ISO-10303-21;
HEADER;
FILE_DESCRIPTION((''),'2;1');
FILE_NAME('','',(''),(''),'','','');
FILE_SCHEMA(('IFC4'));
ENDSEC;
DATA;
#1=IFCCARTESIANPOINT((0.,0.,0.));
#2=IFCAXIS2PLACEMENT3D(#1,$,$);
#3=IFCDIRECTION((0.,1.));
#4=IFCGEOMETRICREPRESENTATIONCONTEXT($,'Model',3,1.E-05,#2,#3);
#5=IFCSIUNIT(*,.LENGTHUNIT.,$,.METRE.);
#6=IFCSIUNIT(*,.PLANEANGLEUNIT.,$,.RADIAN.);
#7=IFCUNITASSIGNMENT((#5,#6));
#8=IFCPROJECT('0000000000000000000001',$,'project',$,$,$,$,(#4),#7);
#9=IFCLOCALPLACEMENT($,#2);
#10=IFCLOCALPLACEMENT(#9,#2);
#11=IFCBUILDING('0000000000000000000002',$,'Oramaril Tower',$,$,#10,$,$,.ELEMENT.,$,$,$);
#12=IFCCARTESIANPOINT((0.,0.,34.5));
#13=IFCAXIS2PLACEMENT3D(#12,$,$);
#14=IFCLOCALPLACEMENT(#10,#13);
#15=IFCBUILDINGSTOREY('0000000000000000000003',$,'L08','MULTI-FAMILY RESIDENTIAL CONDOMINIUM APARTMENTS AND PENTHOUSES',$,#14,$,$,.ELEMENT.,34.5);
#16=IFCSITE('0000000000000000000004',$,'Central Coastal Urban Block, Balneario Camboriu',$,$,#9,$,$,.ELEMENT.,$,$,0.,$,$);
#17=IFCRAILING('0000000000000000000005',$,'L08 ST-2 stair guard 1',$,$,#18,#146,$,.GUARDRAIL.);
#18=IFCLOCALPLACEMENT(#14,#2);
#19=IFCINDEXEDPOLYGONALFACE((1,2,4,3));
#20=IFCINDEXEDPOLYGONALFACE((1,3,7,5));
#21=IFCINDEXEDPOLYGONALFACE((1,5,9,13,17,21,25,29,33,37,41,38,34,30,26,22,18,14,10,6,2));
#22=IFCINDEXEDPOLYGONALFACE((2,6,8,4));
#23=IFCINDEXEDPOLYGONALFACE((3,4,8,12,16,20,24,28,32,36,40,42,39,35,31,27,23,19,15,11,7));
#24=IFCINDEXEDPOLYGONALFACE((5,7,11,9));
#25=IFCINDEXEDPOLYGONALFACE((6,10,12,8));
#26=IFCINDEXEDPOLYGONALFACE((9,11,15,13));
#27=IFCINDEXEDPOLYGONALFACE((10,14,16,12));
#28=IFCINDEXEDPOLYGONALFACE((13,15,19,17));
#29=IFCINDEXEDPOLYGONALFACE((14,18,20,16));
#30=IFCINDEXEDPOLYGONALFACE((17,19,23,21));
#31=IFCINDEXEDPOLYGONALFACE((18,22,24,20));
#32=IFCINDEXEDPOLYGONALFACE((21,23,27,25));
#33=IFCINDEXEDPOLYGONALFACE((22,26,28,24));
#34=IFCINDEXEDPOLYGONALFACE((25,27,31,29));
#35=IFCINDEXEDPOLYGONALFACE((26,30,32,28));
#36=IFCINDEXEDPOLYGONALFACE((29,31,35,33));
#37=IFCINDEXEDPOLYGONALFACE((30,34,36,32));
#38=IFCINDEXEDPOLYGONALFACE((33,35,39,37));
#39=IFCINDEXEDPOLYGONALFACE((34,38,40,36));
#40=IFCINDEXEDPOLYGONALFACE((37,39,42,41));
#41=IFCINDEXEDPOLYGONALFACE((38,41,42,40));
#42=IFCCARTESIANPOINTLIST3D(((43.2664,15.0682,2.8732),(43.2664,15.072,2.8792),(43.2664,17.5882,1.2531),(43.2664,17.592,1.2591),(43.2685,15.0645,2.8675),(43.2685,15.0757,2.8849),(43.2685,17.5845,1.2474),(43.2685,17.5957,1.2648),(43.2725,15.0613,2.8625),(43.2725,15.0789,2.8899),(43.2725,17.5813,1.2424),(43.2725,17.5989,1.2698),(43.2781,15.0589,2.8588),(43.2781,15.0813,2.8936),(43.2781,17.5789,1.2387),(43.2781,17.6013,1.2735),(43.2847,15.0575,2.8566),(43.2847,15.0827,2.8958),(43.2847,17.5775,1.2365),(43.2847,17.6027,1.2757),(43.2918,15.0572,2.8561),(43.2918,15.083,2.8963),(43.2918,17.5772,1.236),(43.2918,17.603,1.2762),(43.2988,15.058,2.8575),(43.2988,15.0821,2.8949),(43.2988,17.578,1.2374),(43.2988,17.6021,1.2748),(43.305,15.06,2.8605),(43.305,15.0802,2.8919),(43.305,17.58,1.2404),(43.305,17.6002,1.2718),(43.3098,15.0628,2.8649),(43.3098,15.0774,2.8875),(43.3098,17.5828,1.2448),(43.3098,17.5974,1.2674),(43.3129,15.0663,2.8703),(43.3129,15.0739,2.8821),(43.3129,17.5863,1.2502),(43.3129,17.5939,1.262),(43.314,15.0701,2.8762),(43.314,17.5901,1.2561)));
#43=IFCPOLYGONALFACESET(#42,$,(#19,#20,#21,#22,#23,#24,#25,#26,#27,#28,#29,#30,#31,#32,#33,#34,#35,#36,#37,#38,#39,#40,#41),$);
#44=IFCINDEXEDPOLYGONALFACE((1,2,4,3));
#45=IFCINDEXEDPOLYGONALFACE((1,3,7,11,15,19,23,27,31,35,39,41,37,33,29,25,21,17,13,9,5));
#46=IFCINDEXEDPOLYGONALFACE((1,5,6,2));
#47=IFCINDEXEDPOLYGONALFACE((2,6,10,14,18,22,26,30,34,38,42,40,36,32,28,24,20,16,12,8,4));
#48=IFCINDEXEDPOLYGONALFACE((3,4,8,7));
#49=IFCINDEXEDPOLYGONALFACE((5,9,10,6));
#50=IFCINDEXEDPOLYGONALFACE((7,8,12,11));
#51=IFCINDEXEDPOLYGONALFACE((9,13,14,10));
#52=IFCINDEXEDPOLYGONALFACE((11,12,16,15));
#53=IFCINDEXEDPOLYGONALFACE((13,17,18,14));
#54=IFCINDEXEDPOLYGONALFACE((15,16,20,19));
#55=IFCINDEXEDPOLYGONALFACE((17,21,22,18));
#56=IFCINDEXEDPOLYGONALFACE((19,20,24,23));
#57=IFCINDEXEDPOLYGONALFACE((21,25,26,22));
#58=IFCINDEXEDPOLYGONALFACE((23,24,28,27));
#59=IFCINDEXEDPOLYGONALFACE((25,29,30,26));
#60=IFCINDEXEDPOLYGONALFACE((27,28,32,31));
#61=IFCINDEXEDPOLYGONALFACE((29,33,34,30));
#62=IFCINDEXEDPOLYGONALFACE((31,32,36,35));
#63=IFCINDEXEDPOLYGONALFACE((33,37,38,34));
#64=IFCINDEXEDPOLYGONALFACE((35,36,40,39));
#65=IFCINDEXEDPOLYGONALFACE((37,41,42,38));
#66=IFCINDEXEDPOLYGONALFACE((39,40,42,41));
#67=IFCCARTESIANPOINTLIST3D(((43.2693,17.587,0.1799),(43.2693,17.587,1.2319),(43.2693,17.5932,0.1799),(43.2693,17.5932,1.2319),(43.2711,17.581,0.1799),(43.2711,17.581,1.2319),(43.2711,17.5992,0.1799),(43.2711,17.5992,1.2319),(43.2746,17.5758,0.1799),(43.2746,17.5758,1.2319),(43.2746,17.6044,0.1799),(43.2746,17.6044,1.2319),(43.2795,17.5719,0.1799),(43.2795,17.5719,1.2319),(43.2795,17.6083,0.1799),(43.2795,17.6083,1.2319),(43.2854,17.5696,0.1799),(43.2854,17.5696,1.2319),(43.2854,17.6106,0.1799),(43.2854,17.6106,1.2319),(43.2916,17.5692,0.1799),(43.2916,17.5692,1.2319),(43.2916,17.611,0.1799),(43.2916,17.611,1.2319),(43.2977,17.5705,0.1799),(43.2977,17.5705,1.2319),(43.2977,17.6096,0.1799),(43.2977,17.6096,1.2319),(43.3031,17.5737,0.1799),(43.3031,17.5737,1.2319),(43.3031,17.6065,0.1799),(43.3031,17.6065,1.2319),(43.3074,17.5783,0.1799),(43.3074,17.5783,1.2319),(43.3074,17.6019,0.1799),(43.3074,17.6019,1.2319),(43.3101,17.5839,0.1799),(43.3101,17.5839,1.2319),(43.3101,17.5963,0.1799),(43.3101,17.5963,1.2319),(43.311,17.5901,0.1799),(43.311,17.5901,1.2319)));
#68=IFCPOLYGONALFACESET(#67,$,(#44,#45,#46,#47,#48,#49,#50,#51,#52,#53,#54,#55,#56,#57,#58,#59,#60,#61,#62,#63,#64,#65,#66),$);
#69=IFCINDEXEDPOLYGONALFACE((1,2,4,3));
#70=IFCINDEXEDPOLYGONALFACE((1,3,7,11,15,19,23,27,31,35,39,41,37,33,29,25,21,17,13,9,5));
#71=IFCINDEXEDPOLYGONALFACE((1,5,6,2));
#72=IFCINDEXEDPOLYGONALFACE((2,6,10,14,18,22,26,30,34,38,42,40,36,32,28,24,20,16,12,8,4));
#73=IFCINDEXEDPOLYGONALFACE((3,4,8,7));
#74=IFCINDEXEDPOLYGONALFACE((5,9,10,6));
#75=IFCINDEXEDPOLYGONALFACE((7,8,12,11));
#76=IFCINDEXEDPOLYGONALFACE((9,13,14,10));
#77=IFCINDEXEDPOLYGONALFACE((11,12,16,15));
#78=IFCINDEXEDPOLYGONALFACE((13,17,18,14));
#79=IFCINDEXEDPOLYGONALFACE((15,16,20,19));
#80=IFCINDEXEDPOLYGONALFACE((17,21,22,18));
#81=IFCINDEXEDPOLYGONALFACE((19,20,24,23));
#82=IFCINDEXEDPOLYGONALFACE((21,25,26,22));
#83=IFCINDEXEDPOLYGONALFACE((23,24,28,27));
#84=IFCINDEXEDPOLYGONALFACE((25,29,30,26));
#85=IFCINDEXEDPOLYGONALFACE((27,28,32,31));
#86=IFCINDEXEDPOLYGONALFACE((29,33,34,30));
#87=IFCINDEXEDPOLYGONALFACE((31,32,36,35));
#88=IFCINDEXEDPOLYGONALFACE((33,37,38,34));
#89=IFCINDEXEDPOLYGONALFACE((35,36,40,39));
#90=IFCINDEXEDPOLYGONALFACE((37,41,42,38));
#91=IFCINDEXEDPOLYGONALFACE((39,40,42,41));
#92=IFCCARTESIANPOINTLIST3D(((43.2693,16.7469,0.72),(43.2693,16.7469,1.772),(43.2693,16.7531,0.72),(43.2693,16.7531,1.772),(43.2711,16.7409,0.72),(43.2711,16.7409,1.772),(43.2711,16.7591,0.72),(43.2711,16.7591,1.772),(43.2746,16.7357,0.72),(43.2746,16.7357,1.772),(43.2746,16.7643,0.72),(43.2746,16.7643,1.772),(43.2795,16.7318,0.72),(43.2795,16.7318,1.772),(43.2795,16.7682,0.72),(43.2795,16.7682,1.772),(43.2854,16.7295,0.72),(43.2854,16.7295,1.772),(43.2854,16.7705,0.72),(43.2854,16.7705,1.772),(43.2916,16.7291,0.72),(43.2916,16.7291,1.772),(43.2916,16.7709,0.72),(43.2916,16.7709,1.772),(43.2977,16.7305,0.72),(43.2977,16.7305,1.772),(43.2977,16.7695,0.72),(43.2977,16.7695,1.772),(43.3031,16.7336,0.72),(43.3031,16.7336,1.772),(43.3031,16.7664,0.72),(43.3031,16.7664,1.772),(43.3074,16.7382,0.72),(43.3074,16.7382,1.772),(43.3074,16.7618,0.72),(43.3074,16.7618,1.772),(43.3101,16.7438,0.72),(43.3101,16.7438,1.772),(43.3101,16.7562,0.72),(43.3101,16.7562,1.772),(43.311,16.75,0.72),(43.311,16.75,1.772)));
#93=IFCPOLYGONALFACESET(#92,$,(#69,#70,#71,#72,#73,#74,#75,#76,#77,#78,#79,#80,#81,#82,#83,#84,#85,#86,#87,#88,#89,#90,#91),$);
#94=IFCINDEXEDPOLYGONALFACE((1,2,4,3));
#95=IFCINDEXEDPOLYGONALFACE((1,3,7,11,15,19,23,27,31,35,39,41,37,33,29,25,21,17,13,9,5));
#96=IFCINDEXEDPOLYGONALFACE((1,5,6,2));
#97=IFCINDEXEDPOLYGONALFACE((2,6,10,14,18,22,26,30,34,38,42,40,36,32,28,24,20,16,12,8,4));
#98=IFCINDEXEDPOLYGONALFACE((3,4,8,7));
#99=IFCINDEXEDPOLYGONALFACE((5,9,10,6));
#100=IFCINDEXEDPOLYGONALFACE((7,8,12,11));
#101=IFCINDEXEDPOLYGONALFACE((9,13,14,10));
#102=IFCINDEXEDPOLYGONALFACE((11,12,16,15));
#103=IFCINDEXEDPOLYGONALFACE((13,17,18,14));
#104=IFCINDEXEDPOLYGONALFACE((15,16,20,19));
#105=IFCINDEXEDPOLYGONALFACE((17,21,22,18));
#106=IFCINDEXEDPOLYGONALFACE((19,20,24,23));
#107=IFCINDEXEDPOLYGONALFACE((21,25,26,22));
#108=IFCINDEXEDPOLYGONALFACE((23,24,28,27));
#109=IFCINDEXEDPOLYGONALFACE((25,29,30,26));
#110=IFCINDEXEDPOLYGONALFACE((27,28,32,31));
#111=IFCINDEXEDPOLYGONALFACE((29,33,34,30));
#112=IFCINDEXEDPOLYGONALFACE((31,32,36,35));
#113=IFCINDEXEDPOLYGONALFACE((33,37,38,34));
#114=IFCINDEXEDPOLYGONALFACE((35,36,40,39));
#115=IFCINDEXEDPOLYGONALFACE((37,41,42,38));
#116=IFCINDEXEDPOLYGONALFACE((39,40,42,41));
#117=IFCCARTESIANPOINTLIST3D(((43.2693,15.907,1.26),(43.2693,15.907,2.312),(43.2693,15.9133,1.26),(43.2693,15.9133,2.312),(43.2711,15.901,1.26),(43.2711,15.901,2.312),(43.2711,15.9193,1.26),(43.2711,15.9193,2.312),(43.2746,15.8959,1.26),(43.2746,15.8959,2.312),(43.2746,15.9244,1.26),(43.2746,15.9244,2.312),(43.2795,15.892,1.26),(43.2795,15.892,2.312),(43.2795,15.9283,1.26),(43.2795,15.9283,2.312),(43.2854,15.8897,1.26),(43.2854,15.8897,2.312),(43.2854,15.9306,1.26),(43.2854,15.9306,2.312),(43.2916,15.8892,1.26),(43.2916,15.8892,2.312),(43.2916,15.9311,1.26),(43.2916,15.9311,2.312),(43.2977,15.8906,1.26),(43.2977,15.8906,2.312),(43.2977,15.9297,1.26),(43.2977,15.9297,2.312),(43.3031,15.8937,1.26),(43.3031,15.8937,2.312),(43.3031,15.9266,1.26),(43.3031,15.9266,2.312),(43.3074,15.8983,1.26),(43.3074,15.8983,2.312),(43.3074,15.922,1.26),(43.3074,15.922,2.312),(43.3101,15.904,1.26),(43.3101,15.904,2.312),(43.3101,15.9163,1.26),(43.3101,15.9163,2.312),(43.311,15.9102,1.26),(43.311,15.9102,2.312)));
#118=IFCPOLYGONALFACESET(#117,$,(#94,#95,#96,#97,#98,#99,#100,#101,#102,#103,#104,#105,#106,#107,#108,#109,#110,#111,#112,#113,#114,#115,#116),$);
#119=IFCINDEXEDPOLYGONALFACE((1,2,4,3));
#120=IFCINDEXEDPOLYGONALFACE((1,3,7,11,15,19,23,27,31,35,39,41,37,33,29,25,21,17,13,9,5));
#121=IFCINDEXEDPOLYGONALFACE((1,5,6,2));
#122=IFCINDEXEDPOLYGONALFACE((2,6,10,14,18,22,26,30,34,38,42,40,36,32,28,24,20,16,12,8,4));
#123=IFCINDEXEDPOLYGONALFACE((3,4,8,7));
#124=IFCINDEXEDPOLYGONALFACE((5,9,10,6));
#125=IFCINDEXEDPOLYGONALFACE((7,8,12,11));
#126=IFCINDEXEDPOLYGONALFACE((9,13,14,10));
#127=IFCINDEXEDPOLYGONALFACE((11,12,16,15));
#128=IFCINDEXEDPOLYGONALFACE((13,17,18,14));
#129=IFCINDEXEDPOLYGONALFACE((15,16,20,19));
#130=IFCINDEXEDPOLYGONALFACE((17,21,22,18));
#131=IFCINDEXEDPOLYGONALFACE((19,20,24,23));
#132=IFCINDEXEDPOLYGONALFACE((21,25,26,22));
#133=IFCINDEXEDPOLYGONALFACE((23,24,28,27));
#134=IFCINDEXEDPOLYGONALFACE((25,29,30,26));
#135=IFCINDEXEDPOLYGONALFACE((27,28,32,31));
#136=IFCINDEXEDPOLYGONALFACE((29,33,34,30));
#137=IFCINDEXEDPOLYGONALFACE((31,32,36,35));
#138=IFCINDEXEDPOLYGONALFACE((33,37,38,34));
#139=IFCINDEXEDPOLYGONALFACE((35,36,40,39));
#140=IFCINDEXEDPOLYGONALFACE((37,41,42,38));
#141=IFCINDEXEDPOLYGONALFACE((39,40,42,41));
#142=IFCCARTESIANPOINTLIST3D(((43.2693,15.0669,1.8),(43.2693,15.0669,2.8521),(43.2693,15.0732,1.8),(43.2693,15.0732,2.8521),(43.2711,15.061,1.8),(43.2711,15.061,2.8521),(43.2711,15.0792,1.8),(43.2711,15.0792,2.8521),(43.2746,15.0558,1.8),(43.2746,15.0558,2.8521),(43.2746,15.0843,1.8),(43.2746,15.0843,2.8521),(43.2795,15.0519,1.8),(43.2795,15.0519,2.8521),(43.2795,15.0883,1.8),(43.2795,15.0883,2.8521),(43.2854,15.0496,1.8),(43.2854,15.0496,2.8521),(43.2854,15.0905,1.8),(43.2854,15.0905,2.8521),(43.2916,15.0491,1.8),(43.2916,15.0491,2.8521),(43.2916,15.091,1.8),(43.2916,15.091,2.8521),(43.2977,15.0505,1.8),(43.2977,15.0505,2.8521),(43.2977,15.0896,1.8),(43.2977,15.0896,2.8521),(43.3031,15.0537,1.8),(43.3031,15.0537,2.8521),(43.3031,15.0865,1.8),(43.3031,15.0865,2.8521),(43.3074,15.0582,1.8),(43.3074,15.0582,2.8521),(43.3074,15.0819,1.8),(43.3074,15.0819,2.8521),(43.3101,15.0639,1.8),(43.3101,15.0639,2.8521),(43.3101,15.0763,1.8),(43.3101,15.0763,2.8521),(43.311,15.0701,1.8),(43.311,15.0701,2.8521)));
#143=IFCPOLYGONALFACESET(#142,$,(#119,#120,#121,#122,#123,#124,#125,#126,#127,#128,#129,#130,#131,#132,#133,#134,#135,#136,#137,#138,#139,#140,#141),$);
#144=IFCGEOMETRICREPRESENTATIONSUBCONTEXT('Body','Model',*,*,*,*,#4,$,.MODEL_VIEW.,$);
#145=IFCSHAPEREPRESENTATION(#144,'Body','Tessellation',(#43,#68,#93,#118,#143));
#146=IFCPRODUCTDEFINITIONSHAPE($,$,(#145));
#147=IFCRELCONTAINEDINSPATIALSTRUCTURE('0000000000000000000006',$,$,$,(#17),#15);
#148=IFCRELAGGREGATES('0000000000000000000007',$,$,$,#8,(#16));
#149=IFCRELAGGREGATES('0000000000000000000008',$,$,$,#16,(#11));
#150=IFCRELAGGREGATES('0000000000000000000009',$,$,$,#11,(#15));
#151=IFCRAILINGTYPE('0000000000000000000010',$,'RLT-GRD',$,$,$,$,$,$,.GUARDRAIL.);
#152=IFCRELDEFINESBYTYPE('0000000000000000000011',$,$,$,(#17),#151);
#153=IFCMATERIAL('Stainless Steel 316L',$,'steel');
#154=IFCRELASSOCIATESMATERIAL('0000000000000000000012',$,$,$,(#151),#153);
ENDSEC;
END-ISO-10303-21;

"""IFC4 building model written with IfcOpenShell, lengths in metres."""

from ifc_helpers import new_model, si_unit, direction, frame, origin, origin_2d, place, context, subcontext, project, spatial, circle, extrude, material, type_object, element, save


model = new_model("IFC4")

# Units and contexts
model_context = context("Model", 3, precision=1e-05, world=origin(), true_north=direction((0.0, 1.0)))
body_context = subcontext(model_context, "Body", "Model", "MODEL_VIEW")
ifc_project = project(units=[si_unit("LENGTHUNIT", "METRE"), si_unit("PLANEANGLEUNIT", "RADIAN")], contexts=[model_context])

# Site, building, storey
site_placement = place(None, origin())
site = spatial("IfcSite", under=ifc_project, at=site_placement, Name="Central Coastal Urban Block, Balneario Camboriu", CompositionType="ELEMENT", RefElevation=0.0)
building_placement = place(site_placement, origin())
building = spatial("IfcBuilding", under=site, at=building_placement, Name="Oramaril Tower", CompositionType="ELEMENT")
storey_placement = place(building_placement, frame((0.0, 0.0, 34.5)))
storey = spatial("IfcBuildingStorey", under=building, at=storey_placement, Name="L08", Description="MULTI-FAMILY RESIDENTIAL CONDOMINIUM APARTMENTS AND PENTHOUSES", CompositionType="ELEMENT", Elevation=34.5)

# Railing
ifc_material_1 = material(Name="Stainless Steel 316L", Category="steel")
railing_type_1 = type_object("IfcRailingType", Name="RLT-GRD", PredefinedType="GUARDRAIL", material=ifc_material_1)
railing_1_placement = place(storey_placement, frame((43.29, 17.5901, 0.1799)))
element("IfcRailing", 1, at=railing_1_placement, inside=storey, type_object=railing_type_1, Name="L08 ST-2 stair guard 1", PredefinedType="GUARDRAIL", context=body_context, shape_type="SweptSolid", body=[
    extrude(circle(Radius=0.0239, at=origin_2d()), frame((0.0, 0.0, 1.0762), z_axis=(0.0, -0.841163, 0.540782), x_axis=(1.0, 0.0, 0.0)), (0.0, 0.0, 1.0), 2.9958),
    extrude(circle(Radius=0.021, at=origin_2d()), origin(), (0.0, 0.0, 1.0), 1.052),
    extrude(circle(Radius=0.021, at=origin_2d()), frame((0.0, -0.8401, 0.54)), (0.0, 0.0, 1.0), 1.052),
    extrude(circle(Radius=0.021, at=origin_2d()), frame((0.0, -1.6799, 1.0801)), (0.0, 0.0, 1.0), 1.052),
    extrude(circle(Radius=0.021, at=origin_2d()), frame((0.0, -2.52, 1.6201)), (0.0, 0.0, 1.0), 1.052),
])

save(model, "model.ifc")
